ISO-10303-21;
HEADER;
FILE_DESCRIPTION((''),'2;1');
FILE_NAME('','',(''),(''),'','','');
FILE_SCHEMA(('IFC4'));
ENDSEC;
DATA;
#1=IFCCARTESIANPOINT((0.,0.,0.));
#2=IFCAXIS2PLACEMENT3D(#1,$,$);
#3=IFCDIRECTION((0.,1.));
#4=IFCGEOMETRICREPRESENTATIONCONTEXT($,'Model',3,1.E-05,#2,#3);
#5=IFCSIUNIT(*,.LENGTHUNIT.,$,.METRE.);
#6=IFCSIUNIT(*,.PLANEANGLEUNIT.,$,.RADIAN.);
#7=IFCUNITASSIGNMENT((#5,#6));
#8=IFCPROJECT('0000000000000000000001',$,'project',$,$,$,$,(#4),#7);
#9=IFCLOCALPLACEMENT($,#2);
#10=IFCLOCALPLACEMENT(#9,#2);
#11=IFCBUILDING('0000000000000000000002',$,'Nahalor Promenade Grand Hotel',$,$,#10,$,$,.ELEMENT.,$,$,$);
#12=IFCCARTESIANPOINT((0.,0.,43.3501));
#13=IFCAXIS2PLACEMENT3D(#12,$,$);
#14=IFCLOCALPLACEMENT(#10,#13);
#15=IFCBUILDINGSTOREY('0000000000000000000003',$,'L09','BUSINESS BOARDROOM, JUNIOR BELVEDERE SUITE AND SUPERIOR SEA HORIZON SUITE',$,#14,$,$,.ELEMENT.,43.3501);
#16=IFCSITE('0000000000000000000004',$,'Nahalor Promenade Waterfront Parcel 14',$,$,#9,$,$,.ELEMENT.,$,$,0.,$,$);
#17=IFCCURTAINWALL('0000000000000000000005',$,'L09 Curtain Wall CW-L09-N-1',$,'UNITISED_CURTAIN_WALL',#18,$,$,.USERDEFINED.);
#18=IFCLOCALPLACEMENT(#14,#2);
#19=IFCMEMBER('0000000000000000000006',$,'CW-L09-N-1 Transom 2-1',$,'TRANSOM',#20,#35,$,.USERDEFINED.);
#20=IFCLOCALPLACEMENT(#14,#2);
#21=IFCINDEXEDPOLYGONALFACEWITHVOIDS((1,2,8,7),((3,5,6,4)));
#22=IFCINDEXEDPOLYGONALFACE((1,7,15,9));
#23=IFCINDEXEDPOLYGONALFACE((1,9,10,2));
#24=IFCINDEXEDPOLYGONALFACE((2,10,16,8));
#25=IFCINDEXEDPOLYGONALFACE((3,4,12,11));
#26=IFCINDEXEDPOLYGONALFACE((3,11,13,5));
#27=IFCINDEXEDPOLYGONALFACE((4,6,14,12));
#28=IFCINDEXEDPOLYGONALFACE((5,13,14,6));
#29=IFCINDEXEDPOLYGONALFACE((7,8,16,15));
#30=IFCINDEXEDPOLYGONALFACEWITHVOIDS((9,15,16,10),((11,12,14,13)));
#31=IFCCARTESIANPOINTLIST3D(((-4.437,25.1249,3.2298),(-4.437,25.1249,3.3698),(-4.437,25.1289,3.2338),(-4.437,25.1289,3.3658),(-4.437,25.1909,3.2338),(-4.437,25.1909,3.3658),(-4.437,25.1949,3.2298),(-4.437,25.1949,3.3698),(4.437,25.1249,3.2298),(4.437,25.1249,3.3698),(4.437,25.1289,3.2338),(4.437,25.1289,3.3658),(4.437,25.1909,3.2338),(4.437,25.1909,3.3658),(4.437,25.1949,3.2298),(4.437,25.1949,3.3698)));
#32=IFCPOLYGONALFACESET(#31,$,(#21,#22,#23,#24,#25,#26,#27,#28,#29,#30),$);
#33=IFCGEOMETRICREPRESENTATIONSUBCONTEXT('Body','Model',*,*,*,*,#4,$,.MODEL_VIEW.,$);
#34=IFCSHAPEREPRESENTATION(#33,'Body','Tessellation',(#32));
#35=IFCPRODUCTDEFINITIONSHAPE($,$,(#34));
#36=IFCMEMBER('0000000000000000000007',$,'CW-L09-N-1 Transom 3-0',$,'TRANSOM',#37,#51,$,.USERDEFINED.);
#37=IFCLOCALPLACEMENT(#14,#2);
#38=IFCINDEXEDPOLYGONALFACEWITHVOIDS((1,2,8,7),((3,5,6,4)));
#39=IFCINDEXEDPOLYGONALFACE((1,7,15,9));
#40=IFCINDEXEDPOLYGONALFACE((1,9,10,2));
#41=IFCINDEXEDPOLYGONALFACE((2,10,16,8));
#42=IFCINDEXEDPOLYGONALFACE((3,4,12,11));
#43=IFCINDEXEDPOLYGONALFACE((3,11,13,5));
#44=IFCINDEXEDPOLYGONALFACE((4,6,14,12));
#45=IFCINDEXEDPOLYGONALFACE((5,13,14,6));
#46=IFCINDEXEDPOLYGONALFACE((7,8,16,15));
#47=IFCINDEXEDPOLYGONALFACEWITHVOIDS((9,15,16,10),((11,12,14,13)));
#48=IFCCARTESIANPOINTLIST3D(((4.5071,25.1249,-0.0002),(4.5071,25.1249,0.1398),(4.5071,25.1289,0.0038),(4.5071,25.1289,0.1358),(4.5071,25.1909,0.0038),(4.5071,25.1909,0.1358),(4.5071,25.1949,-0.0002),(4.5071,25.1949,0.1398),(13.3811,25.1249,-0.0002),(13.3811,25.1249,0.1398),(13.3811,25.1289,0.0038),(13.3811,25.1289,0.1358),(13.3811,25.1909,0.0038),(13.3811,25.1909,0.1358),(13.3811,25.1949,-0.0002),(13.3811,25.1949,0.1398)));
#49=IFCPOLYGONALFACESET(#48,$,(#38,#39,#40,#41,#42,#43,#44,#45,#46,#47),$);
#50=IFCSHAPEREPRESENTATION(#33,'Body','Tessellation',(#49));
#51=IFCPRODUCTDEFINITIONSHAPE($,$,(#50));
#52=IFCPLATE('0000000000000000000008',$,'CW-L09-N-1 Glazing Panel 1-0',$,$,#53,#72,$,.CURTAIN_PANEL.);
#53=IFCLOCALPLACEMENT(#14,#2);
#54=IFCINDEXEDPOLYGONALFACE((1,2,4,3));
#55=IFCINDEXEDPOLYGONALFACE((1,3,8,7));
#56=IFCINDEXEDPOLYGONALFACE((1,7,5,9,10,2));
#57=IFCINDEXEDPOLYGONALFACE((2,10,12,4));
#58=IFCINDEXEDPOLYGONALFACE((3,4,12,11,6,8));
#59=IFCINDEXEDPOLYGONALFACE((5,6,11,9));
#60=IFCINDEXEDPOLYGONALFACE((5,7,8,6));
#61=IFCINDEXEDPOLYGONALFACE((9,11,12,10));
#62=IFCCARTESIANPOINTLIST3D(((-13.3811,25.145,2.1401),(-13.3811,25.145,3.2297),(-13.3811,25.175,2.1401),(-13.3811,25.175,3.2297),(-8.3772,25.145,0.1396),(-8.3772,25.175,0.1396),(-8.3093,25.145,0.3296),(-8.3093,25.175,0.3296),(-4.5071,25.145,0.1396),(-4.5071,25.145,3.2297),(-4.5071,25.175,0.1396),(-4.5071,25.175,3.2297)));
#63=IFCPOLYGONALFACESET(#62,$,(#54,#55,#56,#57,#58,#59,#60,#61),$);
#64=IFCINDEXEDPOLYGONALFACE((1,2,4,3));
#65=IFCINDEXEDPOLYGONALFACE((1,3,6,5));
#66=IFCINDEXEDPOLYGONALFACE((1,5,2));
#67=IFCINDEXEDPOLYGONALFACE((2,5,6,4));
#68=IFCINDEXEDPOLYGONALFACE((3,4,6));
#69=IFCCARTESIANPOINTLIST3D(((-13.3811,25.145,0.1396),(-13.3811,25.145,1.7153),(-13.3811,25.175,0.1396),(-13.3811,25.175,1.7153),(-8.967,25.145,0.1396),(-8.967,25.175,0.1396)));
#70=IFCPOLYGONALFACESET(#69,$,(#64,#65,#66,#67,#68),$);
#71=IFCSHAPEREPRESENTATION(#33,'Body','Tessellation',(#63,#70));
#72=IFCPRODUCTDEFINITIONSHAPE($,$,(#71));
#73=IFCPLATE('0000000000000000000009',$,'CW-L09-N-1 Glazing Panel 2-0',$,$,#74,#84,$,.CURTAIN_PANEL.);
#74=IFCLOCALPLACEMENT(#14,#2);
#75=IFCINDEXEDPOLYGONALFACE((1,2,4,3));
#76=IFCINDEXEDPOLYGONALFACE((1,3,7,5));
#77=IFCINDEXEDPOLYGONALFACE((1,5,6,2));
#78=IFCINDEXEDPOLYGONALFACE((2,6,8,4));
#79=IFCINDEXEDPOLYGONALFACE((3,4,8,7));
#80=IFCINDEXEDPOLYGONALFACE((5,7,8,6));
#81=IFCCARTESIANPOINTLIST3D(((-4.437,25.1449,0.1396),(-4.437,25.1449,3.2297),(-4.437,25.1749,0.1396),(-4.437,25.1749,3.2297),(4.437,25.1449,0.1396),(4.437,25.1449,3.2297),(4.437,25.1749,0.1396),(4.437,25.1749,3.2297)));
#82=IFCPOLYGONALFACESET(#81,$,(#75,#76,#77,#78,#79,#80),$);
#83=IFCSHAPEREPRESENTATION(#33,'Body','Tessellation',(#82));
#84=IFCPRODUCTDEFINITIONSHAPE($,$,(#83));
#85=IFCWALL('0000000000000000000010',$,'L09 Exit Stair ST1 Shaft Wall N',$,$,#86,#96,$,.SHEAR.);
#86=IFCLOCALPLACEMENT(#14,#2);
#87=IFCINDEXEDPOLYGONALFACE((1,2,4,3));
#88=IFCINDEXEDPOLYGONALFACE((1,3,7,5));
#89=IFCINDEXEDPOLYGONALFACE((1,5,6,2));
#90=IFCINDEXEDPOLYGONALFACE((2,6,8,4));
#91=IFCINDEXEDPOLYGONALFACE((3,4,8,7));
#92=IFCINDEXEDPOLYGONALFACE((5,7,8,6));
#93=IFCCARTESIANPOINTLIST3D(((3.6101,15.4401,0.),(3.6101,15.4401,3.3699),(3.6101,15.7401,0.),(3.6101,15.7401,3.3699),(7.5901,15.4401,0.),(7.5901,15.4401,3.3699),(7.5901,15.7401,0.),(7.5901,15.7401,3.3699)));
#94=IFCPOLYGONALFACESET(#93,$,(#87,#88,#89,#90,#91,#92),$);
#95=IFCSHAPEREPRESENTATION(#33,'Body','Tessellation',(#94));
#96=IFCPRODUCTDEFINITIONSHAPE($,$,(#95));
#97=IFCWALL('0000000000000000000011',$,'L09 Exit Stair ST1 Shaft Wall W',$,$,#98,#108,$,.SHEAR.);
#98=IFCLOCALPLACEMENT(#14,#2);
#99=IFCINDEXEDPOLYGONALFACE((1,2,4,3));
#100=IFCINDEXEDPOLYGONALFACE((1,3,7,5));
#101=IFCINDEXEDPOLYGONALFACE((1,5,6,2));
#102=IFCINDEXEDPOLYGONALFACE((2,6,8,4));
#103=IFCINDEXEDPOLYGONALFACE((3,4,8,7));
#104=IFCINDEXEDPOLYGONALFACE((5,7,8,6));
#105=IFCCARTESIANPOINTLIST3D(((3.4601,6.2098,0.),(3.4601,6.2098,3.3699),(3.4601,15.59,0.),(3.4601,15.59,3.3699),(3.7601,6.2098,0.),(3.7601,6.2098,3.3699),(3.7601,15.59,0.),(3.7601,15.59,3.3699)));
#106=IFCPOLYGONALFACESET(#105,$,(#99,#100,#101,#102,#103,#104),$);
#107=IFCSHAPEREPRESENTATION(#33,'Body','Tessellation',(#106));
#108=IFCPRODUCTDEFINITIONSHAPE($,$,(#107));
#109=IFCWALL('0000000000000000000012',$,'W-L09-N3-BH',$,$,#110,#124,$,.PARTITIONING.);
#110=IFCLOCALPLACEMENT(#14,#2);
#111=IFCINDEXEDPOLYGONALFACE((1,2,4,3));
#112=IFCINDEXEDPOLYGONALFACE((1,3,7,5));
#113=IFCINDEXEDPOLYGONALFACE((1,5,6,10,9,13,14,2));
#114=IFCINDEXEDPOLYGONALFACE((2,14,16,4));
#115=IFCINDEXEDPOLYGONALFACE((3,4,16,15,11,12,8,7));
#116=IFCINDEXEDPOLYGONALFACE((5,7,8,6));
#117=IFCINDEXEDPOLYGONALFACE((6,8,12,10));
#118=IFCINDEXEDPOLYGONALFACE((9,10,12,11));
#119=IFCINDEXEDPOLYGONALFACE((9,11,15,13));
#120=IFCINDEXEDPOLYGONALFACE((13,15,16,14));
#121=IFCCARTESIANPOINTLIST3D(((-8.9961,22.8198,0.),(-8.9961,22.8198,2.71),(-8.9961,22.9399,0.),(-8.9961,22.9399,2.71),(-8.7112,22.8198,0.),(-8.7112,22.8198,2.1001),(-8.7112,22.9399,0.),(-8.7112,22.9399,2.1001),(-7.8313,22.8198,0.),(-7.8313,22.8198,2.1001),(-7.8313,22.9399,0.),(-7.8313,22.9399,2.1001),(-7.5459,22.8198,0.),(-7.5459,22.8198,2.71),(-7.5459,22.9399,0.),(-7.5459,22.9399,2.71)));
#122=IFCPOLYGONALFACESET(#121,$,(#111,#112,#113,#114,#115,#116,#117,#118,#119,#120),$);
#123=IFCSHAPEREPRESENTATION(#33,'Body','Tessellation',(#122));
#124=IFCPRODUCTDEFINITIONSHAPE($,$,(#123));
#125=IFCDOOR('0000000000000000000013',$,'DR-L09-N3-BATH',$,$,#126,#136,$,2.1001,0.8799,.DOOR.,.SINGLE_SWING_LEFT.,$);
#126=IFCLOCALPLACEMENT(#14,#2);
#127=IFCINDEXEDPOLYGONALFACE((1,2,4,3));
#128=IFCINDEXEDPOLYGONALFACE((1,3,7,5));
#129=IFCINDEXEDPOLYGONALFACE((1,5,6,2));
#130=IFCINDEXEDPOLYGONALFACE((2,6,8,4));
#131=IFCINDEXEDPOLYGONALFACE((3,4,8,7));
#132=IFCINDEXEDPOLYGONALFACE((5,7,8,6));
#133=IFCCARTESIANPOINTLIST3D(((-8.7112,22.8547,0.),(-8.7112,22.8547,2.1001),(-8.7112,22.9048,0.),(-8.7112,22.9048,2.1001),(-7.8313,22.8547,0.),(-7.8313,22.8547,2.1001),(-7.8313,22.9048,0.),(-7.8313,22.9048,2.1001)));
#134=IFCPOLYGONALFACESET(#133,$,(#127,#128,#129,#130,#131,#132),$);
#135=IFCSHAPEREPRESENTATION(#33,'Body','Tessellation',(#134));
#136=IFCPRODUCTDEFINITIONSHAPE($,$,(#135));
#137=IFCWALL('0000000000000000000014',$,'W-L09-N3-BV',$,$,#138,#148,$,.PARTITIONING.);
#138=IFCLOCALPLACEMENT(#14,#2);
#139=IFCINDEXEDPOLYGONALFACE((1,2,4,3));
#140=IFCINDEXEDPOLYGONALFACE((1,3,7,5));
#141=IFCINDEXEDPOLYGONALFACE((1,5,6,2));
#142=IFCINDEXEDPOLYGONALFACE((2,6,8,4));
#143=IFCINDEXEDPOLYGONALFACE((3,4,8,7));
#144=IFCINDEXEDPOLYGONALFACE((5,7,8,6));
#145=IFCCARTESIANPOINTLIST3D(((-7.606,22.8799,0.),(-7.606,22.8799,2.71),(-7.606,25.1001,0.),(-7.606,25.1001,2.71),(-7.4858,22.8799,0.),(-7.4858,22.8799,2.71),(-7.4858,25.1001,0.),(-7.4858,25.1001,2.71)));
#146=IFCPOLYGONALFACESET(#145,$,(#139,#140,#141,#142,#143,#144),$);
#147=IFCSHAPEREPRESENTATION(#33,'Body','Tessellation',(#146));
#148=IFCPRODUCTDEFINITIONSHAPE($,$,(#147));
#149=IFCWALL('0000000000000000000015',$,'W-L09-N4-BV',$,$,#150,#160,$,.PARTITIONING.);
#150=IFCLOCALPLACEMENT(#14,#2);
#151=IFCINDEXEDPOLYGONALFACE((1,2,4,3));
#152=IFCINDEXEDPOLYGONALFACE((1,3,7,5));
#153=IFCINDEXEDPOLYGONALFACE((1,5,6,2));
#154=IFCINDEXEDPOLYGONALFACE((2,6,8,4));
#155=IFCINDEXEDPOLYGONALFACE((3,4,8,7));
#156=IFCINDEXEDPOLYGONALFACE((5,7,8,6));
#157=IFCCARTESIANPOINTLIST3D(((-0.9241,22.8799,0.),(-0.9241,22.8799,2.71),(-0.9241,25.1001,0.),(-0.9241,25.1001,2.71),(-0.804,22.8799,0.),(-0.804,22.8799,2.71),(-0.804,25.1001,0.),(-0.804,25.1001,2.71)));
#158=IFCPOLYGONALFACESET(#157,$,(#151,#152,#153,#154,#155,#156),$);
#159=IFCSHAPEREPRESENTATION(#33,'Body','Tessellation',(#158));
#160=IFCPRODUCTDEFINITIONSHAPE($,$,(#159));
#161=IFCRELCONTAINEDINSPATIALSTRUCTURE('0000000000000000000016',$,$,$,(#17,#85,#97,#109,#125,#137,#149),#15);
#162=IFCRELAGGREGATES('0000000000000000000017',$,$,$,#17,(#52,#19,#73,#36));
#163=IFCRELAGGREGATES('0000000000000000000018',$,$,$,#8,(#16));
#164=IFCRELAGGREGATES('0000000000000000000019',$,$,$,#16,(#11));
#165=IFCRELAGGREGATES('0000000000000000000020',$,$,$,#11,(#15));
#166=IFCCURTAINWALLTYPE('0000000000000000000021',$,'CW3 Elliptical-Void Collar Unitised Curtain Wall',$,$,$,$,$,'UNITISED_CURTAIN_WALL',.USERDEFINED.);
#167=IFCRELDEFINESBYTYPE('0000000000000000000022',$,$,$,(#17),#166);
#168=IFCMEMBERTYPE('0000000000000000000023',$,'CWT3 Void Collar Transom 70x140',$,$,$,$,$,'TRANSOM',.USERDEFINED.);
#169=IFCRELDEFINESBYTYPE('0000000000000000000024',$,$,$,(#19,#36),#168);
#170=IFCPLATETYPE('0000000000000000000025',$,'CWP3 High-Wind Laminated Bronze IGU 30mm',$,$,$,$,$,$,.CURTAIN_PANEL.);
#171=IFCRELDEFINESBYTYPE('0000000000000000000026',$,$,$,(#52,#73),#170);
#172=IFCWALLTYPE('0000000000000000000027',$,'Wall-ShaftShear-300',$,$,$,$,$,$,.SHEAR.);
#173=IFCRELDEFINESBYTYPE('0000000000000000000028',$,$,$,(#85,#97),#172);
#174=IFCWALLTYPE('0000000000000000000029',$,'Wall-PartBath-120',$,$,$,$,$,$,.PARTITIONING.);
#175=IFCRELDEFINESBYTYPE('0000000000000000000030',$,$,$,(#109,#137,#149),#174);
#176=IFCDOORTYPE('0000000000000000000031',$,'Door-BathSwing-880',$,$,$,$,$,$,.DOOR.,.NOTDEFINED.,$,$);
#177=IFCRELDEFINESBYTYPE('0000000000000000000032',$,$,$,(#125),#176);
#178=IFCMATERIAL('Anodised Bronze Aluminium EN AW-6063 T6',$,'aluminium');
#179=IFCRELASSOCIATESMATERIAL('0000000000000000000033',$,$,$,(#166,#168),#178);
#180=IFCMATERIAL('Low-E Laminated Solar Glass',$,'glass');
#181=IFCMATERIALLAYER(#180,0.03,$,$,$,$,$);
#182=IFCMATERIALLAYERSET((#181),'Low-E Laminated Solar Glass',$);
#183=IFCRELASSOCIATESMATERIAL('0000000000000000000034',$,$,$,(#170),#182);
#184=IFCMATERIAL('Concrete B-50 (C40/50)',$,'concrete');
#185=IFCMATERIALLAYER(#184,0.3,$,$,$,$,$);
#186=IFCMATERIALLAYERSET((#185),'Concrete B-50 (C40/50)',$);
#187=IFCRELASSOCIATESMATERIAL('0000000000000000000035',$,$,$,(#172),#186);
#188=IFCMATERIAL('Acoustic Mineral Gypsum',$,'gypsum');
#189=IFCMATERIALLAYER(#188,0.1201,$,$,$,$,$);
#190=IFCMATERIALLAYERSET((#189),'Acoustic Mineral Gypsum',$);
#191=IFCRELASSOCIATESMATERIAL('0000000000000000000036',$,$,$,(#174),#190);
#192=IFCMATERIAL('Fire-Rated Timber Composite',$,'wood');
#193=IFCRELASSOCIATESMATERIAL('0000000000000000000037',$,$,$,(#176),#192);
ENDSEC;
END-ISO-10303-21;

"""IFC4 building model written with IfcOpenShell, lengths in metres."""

from ifc_helpers import new_model, si_unit, direction, frame, frame_2d, origin, origin_2d, place, context, subcontext, project, spatial, polyline, rectangle, hollow_rectangle, outline, extrude, source, transform, mapped, material, layer, layer_set, material_profile, profile_set, type_object, element, fill, aggregate, save


model = new_model("IFC4")

# Units and contexts
model_context = context("Model", 3, precision=1e-05, world=origin(), true_north=direction((0.0, 1.0)))
body_context = subcontext(model_context, "Body", "Model", "MODEL_VIEW")
ifc_project = project(units=[si_unit("LENGTHUNIT", "METRE"), si_unit("PLANEANGLEUNIT", "RADIAN")], contexts=[model_context])

# Site, building, storey
site_placement = place(None, origin())
site = spatial("IfcSite", under=ifc_project, at=site_placement, Name="Nahalor Promenade Waterfront Parcel 14", CompositionType="ELEMENT", RefElevation=0.0)
building_placement = place(site_placement, origin())
building = spatial("IfcBuilding", under=site, at=building_placement, Name="Nahalor Promenade Grand Hotel", CompositionType="ELEMENT")
storey_placement = place(building_placement, frame((0.0, 0.0, 43.3501)))
storey = spatial("IfcBuildingStorey", under=building, at=storey_placement, Name="L09", Description="BUSINESS BOARDROOM, JUNIOR BELVEDERE SUITE AND SUPERIOR SEA HORIZON SUITE", CompositionType="ELEMENT", Elevation=43.3501)

# Curtain wall, members, plates
ifc_material_1 = material(Name="Anodised Bronze Aluminium EN AW-6063 T6", Category="aluminium")
curtain_wall_type = type_object("IfcCurtainWallType", Name="CW3 Elliptical-Void Collar Unitised Curtain Wall", ElementType="UNITISED_CURTAIN_WALL", PredefinedType="USERDEFINED", material=ifc_material_1)
curtain_wall_placement = place(storey_placement, origin())
curtain_wall = element("IfcCurtainWall", 1, at=curtain_wall_placement, inside=storey, type_object=curtain_wall_type, Name="L09 Curtain Wall CW-L09-N-1", ObjectType="UNITISED_CURTAIN_WALL", PredefinedType="USERDEFINED")
ifc_material_profile_1 = material_profile(ifc_material_1, hollow_rectangle(XDim=0.07, YDim=0.14, WallThickness=0.004, at=origin_2d()), Name="CWT 70x140x4")
ifc_profile_set_1 = profile_set([ifc_material_profile_1], Name="Anodised Bronze Aluminium EN AW-6063 T6")
member_type_1 = type_object("IfcMemberType", Name="CWT3 Void Collar Transom 70x140", ElementType="TRANSOM", PredefinedType="USERDEFINED", material=ifc_profile_set_1)
shared_shape_1 = source(origin(), body_context, "Body", "SweptSolid", [
    extrude(hollow_rectangle(XDim=0.07, YDim=0.14, WallThickness=0.004, at=origin_2d()), origin(), (0.0, 0.0, 1.0), 8.874),
])
member_1_placement = place(storey_placement, frame((-4.437, 25.1599, 3.2998), z_axis=(1.0, 0.0, 0.0), x_axis=(0.0, 1.0, 0.0)))
member_1 = element("IfcMember", 2, at=member_1_placement, type_object=member_type_1, Name="CW-L09-N-1 Transom 2-1", ObjectType="TRANSOM", PredefinedType="USERDEFINED", context=body_context, shape_type="MappedRepresentation", body=[
    mapped(shared_shape_1, transform((0.0, 0.0, 0.0), scale=1.0)),
])
member_2_placement = place(storey_placement, frame((4.5071, 25.1599, 0.0698), z_axis=(1.0, 0.0, 0.0), x_axis=(0.0, 1.0, 0.0)))
member_2 = element("IfcMember", 3, at=member_2_placement, type_object=member_type_1, Name="CW-L09-N-1 Transom 3-0", ObjectType="TRANSOM", PredefinedType="USERDEFINED", context=body_context, shape_type="MappedRepresentation", body=[
    mapped(shared_shape_1, transform((0.0, 0.0, 0.0), scale=1.0)),
])
ifc_material_2 = material(Name="Low-E Laminated Solar Glass", Category="glass")
ifc_layer_1 = layer(ifc_material_2, 0.03)
ifc_layer_set_1 = layer_set([ifc_layer_1], Name="Low-E Laminated Solar Glass")
plate_type = type_object("IfcPlateType", Name="CWP3 High-Wind Laminated Bronze IGU 30mm", PredefinedType="CURTAIN_PANEL", material=ifc_layer_set_1)
plate_1_placement = place(storey_placement, frame((-8.9441, 25.1599, 0.1396), z_axis=(0.0, 0.0, 1.0), x_axis=(1.0, 0.0, 0.0)))
plate_1 = element("IfcPlate", 4, at=plate_1_placement, type_object=plate_type, Name="CW-L09-N-1 Glazing Panel 1-0", PredefinedType="CURTAIN_PANEL", context=body_context, shape_type="SweptSolid", body=[
    extrude(outline(polyline([(4.437, 3.0901), (-4.437, 3.0901), (-4.437, 2.0005), (0.6348, 0.1899), (0.5669, 0.0), (4.437, 0.0), (4.437, 3.0901)])), frame((0.0, 0.0151, 0.0), z_axis=(0.0, -1.0, 0.0), x_axis=(1.0, 0.0, 0.0)), (0.0, 0.0, 1.0), 0.03),
    extrude(outline(polyline([(-4.437, 1.5757), (-4.437, 0.0), (-0.0229, 0.0), (-4.437, 1.5757)])), frame((0.0, 0.0151, 0.0), z_axis=(0.0, -1.0, 0.0), x_axis=(1.0, 0.0, 0.0)), (0.0, 0.0, 1.0), 0.03),
])
shared_shape_2 = source(origin(), body_context, "Body", "SweptSolid", [
    extrude(rectangle(XDim=8.874, YDim=0.03, at=origin_2d()), origin(), (0.0, 0.0, 1.0), 3.0901),
])
plate_2_placement = place(storey_placement, frame((0.0, 25.1599, 0.1396), z_axis=(0.0, 0.0, 1.0), x_axis=(1.0, 0.0, 0.0)))
plate_2 = element("IfcPlate", 5, at=plate_2_placement, type_object=plate_type, Name="CW-L09-N-1 Glazing Panel 2-0", PredefinedType="CURTAIN_PANEL", context=body_context, shape_type="MappedRepresentation", body=[
    mapped(shared_shape_2, transform((0.0, 0.0, 0.0), scale=1.0)),
])
aggregate(curtain_wall, [plate_1, member_1, plate_2, member_2])

# Walls
ifc_material_3 = material(Name="Concrete B-50 (C40/50)", Category="concrete")
ifc_layer_2 = layer(ifc_material_3, 0.3)
ifc_layer_set_2 = layer_set([ifc_layer_2], Name="Concrete B-50 (C40/50)")
wall_type_1 = type_object("IfcWallType", Name="Wall-ShaftShear-300", PredefinedType="SHEAR", material=ifc_layer_set_2)
shared_shape_3 = source(origin(), body_context, "Body", "SweptSolid", [
    extrude(rectangle(XDim=3.98, YDim=0.3, at=frame_2d((1.99, 0.0))), origin(), (0.0, 0.0, 1.0), 3.3699),
])
wall_1_placement = place(storey_placement, frame((3.6101, 15.5901, 0.0), z_axis=(0.0, 0.0, 1.0), x_axis=(1.0, 0.0, 0.0)))
element("IfcWall", 6, at=wall_1_placement, inside=storey, type_object=wall_type_1, Name="L09 Exit Stair ST1 Shaft Wall N", PredefinedType="SHEAR", context=body_context, shape_type="MappedRepresentation", body=[
    mapped(shared_shape_3, transform((0.0, 0.0, 0.0), scale=1.0)),
])
shared_shape_4 = source(origin(), body_context, "Body", "SweptSolid", [
    extrude(rectangle(XDim=9.3801, YDim=0.3, at=frame_2d((4.6899, 0.0))), origin(), (0.0, 0.0, 1.0), 3.3699),
])
wall_2_placement = place(storey_placement, frame((3.6101, 6.21, 0.0), z_axis=(0.0, 0.0, 1.0), x_axis=(0.0, 1.0, 0.0)))
element("IfcWall", 7, at=wall_2_placement, inside=storey, type_object=wall_type_1, Name="L09 Exit Stair ST1 Shaft Wall W", PredefinedType="SHEAR", context=body_context, shape_type="MappedRepresentation", body=[
    mapped(shared_shape_4, transform((0.0, 0.0, 0.0), scale=1.0)),
])

# Wall, opening, door
ifc_material_4 = material(Name="Acoustic Mineral Gypsum", Category="gypsum")
ifc_layer_3 = layer(ifc_material_4, 0.1201)
ifc_layer_set_3 = layer_set([ifc_layer_3], Name="Acoustic Mineral Gypsum")
wall_type_2 = type_object("IfcWallType", Name="Wall-PartBath-120", PredefinedType="PARTITIONING", material=ifc_layer_set_3)
shared_shape_5 = source(origin(), body_context, "Body", "SweptSolid", [
    extrude(rectangle(XDim=1.4502, YDim=0.1201, at=frame_2d((0.7251, 0.0))), origin(), (0.0, 0.0, 1.0), 2.71),
])
wall_3_placement = place(storey_placement, frame((-8.9961, 22.8799, 0.0), z_axis=(0.0, 0.0, 1.0), x_axis=(1.0, 0.0, 0.0)))
wall_3 = element("IfcWall", 8, at=wall_3_placement, inside=storey, type_object=wall_type_2, Name="W-L09-N3-BH", PredefinedType="PARTITIONING", context=body_context, shape_type="MappedRepresentation", body=[
    mapped(shared_shape_5, transform((0.0, 0.0, 0.0), scale=1.0)),
])
opening_1_placement = place(wall_3_placement, frame((0.2849, 0.0, 0.0)))
opening_1 = element("IfcOpeningElement", 9, at=opening_1_placement, cuts=wall_3, PredefinedType="OPENING", context=body_context, shape_type="SweptSolid", body=[
    extrude(rectangle(XDim=0.8799, YDim=2.1001, at=frame_2d((0.4399, 1.05))), frame((0.0, 0.0701, 0.0), z_axis=(0.0, -1.0, 0.0), x_axis=(1.0, 0.0, 0.0)), (0.0, 0.0, 1.0), 0.1401),
])
ifc_material_5 = material(Name="Fire-Rated Timber Composite", Category="wood")
door_type = type_object("IfcDoorType", Name="Door-BathSwing-880", OperationType="NOTDEFINED", PredefinedType="DOOR", material=ifc_material_5)
shared_shape_6 = source(origin(), body_context, "Body", "SweptSolid", [
    extrude(rectangle(XDim=0.8799, YDim=2.1001, at=frame_2d((0.4399, 1.05))), frame((0.0, 0.0249, 0.0), z_axis=(0.0, -1.0, 0.0), x_axis=(1.0, 0.0, 0.0)), (0.0, 0.0, 1.0), 0.05),
])
door_1_placement = place(opening_1_placement, origin())
door_1 = element("IfcDoor", 10, at=door_1_placement, inside=storey, type_object=door_type, Name="DR-L09-N3-BATH", OperationType="SINGLE_SWING_LEFT", OverallHeight=2.1001, OverallWidth=0.8799, PredefinedType="DOOR", context=body_context, shape_type="MappedRepresentation", body=[
    mapped(shared_shape_6, transform((0.0, 0.0, 0.0), scale=1.0)),
])
fill(opening_1, door_1)

# Walls
shared_shape_7 = source(origin(), body_context, "Body", "SweptSolid", [
    extrude(rectangle(XDim=2.2202, YDim=0.1201, at=frame_2d((1.1101, 0.0))), origin(), (0.0, 0.0, 1.0), 2.71),
])
for number, where, z_axis, x_axis, name in (
    (11, (-7.5459, 22.8799, 0.0), (0.0, 0.0, 1.0), (0.0, 1.0, 0.0), "W-L09-N3-BV"),
    (12, (-0.864, 22.8799, 0.0), (0.0, 0.0, 1.0), (0.0, 1.0, 0.0), "W-L09-N4-BV"),
):
    element("IfcWall", number, at=place(storey_placement, frame(where, z_axis=z_axis, x_axis=x_axis)), inside=storey, type_object=wall_type_2, Name=name, PredefinedType="PARTITIONING", context=body_context, shape_type="MappedRepresentation", body=[
        mapped(shared_shape_7, transform((0.0, 0.0, 0.0), scale=1.0)),
    ])

save(model, "model.ifc")
